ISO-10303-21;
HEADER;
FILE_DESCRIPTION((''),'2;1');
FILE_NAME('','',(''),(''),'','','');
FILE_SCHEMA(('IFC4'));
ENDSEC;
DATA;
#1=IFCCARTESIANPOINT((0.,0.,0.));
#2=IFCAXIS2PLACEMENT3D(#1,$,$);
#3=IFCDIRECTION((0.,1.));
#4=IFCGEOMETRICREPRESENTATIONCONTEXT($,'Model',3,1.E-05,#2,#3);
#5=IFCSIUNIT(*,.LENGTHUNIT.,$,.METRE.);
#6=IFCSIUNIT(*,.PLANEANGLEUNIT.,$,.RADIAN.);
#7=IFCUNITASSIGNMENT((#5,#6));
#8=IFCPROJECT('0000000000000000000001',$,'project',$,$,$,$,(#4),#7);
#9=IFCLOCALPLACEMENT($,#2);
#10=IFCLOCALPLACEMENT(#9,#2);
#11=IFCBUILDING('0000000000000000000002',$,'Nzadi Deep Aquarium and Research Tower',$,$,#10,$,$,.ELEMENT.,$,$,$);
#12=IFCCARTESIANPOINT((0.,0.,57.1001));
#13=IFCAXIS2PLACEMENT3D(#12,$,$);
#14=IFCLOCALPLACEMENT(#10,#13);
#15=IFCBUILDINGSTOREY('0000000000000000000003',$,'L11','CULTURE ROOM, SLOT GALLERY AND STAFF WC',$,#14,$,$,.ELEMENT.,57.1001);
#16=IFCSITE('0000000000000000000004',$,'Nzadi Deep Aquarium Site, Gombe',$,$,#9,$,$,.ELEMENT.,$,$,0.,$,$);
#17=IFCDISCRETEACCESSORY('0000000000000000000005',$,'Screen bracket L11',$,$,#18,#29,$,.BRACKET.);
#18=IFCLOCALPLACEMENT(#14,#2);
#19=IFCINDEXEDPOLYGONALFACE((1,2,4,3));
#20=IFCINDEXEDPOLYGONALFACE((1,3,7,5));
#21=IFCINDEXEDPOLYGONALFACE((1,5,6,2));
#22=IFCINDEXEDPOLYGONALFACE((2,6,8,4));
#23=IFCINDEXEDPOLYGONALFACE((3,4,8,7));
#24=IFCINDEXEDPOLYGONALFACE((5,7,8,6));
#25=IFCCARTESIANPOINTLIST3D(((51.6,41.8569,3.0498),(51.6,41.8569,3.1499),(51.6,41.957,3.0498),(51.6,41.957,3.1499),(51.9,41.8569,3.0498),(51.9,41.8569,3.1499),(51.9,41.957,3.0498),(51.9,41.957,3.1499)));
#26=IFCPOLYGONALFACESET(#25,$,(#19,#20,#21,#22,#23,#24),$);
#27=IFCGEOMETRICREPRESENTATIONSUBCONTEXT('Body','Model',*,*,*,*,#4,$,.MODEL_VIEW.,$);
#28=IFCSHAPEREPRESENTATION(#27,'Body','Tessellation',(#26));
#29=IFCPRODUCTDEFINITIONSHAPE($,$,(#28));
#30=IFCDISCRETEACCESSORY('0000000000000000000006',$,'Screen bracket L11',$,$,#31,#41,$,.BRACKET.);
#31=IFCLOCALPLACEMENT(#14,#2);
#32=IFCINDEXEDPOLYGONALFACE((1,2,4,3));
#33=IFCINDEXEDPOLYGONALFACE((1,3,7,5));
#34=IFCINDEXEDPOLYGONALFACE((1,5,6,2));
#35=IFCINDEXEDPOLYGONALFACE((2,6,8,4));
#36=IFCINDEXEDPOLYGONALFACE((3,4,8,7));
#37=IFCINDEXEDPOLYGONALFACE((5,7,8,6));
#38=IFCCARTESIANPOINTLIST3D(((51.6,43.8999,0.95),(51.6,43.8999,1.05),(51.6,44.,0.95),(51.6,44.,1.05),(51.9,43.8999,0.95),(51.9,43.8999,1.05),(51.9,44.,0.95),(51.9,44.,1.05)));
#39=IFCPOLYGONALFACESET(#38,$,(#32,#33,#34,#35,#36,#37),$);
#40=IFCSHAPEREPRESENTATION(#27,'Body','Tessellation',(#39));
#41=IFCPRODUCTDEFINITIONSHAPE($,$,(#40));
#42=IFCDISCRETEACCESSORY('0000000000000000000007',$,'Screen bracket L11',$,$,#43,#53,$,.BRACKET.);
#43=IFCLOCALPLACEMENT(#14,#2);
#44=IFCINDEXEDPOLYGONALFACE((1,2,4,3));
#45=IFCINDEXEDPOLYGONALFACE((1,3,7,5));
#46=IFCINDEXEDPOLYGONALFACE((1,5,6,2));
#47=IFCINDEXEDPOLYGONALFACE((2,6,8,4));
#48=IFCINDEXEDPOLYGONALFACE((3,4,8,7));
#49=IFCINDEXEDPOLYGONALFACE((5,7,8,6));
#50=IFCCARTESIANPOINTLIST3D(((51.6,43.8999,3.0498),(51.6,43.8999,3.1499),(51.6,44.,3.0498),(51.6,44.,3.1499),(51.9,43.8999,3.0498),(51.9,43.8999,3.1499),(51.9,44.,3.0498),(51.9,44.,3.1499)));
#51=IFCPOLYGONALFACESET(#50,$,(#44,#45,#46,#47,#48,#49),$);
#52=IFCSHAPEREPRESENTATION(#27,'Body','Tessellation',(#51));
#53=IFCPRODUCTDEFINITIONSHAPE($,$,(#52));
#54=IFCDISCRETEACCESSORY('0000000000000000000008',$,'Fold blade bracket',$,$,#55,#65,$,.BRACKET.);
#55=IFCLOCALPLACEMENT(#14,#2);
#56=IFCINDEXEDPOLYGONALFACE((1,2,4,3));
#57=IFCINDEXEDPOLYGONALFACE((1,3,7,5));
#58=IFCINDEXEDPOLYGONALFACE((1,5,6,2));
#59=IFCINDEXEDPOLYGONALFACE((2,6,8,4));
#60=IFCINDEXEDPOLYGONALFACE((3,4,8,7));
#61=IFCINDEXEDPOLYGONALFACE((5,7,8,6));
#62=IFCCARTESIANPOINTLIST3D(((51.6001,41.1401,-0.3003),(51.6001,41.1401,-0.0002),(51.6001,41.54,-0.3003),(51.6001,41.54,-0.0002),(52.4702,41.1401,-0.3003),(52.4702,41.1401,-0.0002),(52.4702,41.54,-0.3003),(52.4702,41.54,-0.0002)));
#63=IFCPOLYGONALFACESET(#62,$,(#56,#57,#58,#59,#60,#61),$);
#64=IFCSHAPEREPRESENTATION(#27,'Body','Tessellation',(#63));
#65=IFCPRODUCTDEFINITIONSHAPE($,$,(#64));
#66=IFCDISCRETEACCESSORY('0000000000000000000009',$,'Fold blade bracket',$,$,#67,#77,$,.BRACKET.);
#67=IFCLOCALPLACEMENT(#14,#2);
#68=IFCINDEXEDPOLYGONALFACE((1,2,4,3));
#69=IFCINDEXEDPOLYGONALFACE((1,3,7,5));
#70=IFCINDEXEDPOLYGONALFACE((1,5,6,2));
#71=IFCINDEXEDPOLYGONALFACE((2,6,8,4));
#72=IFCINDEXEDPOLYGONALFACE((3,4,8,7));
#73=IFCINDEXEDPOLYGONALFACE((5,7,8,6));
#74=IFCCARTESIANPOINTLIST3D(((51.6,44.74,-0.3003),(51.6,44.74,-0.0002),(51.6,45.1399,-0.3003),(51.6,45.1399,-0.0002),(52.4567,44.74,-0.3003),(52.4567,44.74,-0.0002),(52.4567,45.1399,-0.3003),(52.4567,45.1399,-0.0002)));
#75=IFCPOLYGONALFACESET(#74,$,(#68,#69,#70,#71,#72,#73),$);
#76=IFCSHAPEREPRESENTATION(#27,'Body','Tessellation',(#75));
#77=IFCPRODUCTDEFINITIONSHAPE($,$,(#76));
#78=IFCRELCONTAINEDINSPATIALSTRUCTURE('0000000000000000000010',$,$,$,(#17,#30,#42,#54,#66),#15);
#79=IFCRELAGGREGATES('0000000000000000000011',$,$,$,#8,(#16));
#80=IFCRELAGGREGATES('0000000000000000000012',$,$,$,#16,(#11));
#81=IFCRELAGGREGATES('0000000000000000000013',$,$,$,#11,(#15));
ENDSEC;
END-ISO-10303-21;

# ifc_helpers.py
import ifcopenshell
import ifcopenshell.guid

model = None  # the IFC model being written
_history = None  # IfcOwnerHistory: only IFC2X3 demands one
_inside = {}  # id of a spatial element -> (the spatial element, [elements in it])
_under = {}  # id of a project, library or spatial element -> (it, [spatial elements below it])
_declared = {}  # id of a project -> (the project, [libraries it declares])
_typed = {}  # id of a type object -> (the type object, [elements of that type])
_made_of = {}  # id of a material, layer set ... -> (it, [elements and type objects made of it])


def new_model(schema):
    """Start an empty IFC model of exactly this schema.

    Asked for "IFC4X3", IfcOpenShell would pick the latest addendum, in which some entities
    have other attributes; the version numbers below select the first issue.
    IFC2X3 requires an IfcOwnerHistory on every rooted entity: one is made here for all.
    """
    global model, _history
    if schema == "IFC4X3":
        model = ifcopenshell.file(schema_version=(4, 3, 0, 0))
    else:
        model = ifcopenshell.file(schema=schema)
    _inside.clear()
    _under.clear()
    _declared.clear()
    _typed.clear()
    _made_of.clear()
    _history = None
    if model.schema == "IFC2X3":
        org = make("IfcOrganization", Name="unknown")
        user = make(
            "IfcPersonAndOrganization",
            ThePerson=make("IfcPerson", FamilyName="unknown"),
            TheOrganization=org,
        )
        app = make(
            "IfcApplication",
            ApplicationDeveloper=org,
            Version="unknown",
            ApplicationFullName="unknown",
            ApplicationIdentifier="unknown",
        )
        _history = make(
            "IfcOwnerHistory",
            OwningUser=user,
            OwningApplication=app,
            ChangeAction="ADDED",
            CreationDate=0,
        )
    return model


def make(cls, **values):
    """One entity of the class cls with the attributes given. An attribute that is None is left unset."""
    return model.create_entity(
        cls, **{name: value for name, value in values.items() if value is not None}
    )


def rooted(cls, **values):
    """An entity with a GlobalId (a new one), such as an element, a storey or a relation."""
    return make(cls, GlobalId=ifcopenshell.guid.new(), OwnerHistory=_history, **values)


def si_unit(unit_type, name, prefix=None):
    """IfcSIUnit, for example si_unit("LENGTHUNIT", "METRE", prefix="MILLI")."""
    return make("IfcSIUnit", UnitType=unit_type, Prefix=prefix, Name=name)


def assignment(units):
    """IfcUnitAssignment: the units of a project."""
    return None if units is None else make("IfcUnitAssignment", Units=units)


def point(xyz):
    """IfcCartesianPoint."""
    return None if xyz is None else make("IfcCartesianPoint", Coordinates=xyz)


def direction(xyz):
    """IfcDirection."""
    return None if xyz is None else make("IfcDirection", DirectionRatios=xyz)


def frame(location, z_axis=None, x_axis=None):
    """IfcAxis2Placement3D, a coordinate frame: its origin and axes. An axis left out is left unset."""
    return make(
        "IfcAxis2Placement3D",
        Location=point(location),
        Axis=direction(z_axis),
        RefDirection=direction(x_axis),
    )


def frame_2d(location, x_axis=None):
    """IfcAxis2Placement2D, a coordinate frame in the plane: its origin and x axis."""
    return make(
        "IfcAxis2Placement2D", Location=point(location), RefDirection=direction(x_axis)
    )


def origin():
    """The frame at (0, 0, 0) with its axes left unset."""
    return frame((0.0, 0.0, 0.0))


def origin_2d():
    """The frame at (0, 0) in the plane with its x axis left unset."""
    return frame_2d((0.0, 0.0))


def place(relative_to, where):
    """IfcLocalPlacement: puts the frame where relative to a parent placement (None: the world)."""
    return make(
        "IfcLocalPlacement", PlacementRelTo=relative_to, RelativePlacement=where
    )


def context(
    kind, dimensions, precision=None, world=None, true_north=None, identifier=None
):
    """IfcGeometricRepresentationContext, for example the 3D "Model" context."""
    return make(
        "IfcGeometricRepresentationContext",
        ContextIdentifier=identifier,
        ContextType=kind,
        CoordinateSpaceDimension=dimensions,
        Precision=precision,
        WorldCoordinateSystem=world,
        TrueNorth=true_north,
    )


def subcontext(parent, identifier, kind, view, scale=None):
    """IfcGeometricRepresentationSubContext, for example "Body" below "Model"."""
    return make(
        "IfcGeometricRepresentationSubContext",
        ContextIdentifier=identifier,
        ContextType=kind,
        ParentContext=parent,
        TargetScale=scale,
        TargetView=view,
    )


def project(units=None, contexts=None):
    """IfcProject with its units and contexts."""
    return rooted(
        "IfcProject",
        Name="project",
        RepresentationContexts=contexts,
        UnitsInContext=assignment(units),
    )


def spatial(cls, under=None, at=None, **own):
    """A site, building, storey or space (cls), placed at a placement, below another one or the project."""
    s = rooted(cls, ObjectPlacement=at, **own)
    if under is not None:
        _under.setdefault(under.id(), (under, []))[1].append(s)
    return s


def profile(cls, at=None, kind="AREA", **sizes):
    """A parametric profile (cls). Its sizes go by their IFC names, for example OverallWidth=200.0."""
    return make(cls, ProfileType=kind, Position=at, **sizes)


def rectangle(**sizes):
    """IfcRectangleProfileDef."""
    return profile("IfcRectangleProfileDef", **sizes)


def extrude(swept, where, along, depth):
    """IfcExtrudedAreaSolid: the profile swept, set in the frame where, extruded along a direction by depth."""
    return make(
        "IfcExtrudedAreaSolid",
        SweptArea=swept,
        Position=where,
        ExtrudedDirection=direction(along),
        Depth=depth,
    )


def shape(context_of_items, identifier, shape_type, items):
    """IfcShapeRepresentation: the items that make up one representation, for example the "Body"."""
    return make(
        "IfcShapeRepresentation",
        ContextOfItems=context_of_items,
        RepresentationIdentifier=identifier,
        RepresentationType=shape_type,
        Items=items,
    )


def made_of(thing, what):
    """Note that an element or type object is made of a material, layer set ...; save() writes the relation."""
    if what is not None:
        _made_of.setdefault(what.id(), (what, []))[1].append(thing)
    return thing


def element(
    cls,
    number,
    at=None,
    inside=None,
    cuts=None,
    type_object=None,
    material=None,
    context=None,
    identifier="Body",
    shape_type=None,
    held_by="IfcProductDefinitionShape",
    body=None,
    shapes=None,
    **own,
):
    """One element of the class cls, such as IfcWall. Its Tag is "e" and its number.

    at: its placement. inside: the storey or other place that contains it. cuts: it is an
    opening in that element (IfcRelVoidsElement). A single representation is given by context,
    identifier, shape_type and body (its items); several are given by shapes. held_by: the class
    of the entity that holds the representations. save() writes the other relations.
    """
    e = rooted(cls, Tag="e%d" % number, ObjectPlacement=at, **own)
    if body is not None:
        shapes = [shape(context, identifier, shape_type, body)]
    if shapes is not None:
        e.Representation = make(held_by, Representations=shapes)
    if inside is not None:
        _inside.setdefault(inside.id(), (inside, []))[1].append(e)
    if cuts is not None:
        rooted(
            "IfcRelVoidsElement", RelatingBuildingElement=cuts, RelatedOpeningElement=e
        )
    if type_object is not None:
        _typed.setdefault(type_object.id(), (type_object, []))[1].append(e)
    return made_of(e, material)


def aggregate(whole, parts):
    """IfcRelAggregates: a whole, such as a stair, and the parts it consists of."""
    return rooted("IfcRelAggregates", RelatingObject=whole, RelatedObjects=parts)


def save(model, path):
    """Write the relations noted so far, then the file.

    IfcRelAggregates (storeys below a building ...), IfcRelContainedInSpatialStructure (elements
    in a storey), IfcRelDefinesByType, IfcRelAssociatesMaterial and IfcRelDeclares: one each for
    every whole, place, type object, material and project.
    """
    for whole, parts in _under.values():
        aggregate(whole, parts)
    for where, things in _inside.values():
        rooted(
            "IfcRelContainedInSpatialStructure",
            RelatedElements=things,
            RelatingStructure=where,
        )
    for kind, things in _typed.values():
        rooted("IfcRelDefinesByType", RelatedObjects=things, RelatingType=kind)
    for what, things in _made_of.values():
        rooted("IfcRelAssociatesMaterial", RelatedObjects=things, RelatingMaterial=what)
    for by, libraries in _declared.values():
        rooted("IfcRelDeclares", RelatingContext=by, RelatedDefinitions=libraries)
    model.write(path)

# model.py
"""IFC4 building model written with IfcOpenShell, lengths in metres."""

from ifc_helpers import new_model, si_unit, direction, frame, origin, origin_2d, place, context, subcontext, project, spatial, rectangle, extrude, element, save


model = new_model("IFC4")

# Units and contexts
model_context = context("Model", 3, precision=1e-05, world=origin(), true_north=direction((0.0, 1.0)))
body_context = subcontext(model_context, "Body", "Model", "MODEL_VIEW")
ifc_project = project(units=[si_unit("LENGTHUNIT", "METRE"), si_unit("PLANEANGLEUNIT", "RADIAN")], contexts=[model_context])

# Site, building, storey
site_placement = place(None, origin())
site = spatial("IfcSite", under=ifc_project, at=site_placement, Name="Nzadi Deep Aquarium Site, Gombe", CompositionType="ELEMENT", RefElevation=0.0)
building_placement = place(site_placement, origin())
building = spatial("IfcBuilding", under=site, at=building_placement, Name="Nzadi Deep Aquarium and Research Tower", CompositionType="ELEMENT")
storey_placement = place(building_placement, frame((0.0, 0.0, 57.1001)))
storey = spatial("IfcBuildingStorey", under=building, at=storey_placement, Name="L11", Description="CULTURE ROOM, SLOT GALLERY AND STAFF WC", CompositionType="ELEMENT", Elevation=57.1001)

# Discrete accessories
for number, where, z_axis, x_axis, name in (
    (1, (51.75, 41.907, 3.0498), (0.0, 0.0, 1.0), (1.0, 0.0, 0.0), "Screen bracket L11"),
    (2, (51.75, 43.95, 0.95), (0.0, 0.0, 1.0), (1.0, 0.0, 0.0), "Screen bracket L11"),
    (3, (51.75, 43.95, 3.0498), (0.0, 0.0, 1.0), (1.0, 0.0, 0.0), "Screen bracket L11"),
):
    element("IfcDiscreteAccessory", number, at=place(storey_placement, frame(where, z_axis=z_axis, x_axis=x_axis)), inside=storey, Name=name, PredefinedType="BRACKET", context=body_context, shape_type="SweptSolid", body=[
        extrude(rectangle(XDim=0.3, YDim=0.1001, at=origin_2d()), origin(), (0.0, 0.0, 1.0), 0.1001),
    ])
discrete_accessory_1_placement = place(storey_placement, frame((52.0352, 41.3401, -0.3003), z_axis=(0.0, 0.0, 1.0), x_axis=(1.0, 0.0, 0.0)))
element("IfcDiscreteAccessory", 4, at=discrete_accessory_1_placement, inside=storey, Name="Fold blade bracket", PredefinedType="BRACKET", context=body_context, shape_type="SweptSolid", body=[
    extrude(rectangle(XDim=0.8701, YDim=0.3999, at=origin_2d()), origin(), (0.0, 0.0, 1.0), 0.3),
])
discrete_accessory_2_placement = place(storey_placement, frame((52.0283, 44.9399, -0.3003), z_axis=(0.0, 0.0, 1.0), x_axis=(1.0, 0.0, 0.0)))
element("IfcDiscreteAccessory", 5, at=discrete_accessory_2_placement, inside=storey, Name="Fold blade bracket", PredefinedType="BRACKET", context=body_context, shape_type="SweptSolid", body=[
    extrude(rectangle(XDim=0.8567, YDim=0.3999, at=origin_2d()), origin(), (0.0, 0.0, 1.0), 0.3),
])

save(model, "model.ifc")
